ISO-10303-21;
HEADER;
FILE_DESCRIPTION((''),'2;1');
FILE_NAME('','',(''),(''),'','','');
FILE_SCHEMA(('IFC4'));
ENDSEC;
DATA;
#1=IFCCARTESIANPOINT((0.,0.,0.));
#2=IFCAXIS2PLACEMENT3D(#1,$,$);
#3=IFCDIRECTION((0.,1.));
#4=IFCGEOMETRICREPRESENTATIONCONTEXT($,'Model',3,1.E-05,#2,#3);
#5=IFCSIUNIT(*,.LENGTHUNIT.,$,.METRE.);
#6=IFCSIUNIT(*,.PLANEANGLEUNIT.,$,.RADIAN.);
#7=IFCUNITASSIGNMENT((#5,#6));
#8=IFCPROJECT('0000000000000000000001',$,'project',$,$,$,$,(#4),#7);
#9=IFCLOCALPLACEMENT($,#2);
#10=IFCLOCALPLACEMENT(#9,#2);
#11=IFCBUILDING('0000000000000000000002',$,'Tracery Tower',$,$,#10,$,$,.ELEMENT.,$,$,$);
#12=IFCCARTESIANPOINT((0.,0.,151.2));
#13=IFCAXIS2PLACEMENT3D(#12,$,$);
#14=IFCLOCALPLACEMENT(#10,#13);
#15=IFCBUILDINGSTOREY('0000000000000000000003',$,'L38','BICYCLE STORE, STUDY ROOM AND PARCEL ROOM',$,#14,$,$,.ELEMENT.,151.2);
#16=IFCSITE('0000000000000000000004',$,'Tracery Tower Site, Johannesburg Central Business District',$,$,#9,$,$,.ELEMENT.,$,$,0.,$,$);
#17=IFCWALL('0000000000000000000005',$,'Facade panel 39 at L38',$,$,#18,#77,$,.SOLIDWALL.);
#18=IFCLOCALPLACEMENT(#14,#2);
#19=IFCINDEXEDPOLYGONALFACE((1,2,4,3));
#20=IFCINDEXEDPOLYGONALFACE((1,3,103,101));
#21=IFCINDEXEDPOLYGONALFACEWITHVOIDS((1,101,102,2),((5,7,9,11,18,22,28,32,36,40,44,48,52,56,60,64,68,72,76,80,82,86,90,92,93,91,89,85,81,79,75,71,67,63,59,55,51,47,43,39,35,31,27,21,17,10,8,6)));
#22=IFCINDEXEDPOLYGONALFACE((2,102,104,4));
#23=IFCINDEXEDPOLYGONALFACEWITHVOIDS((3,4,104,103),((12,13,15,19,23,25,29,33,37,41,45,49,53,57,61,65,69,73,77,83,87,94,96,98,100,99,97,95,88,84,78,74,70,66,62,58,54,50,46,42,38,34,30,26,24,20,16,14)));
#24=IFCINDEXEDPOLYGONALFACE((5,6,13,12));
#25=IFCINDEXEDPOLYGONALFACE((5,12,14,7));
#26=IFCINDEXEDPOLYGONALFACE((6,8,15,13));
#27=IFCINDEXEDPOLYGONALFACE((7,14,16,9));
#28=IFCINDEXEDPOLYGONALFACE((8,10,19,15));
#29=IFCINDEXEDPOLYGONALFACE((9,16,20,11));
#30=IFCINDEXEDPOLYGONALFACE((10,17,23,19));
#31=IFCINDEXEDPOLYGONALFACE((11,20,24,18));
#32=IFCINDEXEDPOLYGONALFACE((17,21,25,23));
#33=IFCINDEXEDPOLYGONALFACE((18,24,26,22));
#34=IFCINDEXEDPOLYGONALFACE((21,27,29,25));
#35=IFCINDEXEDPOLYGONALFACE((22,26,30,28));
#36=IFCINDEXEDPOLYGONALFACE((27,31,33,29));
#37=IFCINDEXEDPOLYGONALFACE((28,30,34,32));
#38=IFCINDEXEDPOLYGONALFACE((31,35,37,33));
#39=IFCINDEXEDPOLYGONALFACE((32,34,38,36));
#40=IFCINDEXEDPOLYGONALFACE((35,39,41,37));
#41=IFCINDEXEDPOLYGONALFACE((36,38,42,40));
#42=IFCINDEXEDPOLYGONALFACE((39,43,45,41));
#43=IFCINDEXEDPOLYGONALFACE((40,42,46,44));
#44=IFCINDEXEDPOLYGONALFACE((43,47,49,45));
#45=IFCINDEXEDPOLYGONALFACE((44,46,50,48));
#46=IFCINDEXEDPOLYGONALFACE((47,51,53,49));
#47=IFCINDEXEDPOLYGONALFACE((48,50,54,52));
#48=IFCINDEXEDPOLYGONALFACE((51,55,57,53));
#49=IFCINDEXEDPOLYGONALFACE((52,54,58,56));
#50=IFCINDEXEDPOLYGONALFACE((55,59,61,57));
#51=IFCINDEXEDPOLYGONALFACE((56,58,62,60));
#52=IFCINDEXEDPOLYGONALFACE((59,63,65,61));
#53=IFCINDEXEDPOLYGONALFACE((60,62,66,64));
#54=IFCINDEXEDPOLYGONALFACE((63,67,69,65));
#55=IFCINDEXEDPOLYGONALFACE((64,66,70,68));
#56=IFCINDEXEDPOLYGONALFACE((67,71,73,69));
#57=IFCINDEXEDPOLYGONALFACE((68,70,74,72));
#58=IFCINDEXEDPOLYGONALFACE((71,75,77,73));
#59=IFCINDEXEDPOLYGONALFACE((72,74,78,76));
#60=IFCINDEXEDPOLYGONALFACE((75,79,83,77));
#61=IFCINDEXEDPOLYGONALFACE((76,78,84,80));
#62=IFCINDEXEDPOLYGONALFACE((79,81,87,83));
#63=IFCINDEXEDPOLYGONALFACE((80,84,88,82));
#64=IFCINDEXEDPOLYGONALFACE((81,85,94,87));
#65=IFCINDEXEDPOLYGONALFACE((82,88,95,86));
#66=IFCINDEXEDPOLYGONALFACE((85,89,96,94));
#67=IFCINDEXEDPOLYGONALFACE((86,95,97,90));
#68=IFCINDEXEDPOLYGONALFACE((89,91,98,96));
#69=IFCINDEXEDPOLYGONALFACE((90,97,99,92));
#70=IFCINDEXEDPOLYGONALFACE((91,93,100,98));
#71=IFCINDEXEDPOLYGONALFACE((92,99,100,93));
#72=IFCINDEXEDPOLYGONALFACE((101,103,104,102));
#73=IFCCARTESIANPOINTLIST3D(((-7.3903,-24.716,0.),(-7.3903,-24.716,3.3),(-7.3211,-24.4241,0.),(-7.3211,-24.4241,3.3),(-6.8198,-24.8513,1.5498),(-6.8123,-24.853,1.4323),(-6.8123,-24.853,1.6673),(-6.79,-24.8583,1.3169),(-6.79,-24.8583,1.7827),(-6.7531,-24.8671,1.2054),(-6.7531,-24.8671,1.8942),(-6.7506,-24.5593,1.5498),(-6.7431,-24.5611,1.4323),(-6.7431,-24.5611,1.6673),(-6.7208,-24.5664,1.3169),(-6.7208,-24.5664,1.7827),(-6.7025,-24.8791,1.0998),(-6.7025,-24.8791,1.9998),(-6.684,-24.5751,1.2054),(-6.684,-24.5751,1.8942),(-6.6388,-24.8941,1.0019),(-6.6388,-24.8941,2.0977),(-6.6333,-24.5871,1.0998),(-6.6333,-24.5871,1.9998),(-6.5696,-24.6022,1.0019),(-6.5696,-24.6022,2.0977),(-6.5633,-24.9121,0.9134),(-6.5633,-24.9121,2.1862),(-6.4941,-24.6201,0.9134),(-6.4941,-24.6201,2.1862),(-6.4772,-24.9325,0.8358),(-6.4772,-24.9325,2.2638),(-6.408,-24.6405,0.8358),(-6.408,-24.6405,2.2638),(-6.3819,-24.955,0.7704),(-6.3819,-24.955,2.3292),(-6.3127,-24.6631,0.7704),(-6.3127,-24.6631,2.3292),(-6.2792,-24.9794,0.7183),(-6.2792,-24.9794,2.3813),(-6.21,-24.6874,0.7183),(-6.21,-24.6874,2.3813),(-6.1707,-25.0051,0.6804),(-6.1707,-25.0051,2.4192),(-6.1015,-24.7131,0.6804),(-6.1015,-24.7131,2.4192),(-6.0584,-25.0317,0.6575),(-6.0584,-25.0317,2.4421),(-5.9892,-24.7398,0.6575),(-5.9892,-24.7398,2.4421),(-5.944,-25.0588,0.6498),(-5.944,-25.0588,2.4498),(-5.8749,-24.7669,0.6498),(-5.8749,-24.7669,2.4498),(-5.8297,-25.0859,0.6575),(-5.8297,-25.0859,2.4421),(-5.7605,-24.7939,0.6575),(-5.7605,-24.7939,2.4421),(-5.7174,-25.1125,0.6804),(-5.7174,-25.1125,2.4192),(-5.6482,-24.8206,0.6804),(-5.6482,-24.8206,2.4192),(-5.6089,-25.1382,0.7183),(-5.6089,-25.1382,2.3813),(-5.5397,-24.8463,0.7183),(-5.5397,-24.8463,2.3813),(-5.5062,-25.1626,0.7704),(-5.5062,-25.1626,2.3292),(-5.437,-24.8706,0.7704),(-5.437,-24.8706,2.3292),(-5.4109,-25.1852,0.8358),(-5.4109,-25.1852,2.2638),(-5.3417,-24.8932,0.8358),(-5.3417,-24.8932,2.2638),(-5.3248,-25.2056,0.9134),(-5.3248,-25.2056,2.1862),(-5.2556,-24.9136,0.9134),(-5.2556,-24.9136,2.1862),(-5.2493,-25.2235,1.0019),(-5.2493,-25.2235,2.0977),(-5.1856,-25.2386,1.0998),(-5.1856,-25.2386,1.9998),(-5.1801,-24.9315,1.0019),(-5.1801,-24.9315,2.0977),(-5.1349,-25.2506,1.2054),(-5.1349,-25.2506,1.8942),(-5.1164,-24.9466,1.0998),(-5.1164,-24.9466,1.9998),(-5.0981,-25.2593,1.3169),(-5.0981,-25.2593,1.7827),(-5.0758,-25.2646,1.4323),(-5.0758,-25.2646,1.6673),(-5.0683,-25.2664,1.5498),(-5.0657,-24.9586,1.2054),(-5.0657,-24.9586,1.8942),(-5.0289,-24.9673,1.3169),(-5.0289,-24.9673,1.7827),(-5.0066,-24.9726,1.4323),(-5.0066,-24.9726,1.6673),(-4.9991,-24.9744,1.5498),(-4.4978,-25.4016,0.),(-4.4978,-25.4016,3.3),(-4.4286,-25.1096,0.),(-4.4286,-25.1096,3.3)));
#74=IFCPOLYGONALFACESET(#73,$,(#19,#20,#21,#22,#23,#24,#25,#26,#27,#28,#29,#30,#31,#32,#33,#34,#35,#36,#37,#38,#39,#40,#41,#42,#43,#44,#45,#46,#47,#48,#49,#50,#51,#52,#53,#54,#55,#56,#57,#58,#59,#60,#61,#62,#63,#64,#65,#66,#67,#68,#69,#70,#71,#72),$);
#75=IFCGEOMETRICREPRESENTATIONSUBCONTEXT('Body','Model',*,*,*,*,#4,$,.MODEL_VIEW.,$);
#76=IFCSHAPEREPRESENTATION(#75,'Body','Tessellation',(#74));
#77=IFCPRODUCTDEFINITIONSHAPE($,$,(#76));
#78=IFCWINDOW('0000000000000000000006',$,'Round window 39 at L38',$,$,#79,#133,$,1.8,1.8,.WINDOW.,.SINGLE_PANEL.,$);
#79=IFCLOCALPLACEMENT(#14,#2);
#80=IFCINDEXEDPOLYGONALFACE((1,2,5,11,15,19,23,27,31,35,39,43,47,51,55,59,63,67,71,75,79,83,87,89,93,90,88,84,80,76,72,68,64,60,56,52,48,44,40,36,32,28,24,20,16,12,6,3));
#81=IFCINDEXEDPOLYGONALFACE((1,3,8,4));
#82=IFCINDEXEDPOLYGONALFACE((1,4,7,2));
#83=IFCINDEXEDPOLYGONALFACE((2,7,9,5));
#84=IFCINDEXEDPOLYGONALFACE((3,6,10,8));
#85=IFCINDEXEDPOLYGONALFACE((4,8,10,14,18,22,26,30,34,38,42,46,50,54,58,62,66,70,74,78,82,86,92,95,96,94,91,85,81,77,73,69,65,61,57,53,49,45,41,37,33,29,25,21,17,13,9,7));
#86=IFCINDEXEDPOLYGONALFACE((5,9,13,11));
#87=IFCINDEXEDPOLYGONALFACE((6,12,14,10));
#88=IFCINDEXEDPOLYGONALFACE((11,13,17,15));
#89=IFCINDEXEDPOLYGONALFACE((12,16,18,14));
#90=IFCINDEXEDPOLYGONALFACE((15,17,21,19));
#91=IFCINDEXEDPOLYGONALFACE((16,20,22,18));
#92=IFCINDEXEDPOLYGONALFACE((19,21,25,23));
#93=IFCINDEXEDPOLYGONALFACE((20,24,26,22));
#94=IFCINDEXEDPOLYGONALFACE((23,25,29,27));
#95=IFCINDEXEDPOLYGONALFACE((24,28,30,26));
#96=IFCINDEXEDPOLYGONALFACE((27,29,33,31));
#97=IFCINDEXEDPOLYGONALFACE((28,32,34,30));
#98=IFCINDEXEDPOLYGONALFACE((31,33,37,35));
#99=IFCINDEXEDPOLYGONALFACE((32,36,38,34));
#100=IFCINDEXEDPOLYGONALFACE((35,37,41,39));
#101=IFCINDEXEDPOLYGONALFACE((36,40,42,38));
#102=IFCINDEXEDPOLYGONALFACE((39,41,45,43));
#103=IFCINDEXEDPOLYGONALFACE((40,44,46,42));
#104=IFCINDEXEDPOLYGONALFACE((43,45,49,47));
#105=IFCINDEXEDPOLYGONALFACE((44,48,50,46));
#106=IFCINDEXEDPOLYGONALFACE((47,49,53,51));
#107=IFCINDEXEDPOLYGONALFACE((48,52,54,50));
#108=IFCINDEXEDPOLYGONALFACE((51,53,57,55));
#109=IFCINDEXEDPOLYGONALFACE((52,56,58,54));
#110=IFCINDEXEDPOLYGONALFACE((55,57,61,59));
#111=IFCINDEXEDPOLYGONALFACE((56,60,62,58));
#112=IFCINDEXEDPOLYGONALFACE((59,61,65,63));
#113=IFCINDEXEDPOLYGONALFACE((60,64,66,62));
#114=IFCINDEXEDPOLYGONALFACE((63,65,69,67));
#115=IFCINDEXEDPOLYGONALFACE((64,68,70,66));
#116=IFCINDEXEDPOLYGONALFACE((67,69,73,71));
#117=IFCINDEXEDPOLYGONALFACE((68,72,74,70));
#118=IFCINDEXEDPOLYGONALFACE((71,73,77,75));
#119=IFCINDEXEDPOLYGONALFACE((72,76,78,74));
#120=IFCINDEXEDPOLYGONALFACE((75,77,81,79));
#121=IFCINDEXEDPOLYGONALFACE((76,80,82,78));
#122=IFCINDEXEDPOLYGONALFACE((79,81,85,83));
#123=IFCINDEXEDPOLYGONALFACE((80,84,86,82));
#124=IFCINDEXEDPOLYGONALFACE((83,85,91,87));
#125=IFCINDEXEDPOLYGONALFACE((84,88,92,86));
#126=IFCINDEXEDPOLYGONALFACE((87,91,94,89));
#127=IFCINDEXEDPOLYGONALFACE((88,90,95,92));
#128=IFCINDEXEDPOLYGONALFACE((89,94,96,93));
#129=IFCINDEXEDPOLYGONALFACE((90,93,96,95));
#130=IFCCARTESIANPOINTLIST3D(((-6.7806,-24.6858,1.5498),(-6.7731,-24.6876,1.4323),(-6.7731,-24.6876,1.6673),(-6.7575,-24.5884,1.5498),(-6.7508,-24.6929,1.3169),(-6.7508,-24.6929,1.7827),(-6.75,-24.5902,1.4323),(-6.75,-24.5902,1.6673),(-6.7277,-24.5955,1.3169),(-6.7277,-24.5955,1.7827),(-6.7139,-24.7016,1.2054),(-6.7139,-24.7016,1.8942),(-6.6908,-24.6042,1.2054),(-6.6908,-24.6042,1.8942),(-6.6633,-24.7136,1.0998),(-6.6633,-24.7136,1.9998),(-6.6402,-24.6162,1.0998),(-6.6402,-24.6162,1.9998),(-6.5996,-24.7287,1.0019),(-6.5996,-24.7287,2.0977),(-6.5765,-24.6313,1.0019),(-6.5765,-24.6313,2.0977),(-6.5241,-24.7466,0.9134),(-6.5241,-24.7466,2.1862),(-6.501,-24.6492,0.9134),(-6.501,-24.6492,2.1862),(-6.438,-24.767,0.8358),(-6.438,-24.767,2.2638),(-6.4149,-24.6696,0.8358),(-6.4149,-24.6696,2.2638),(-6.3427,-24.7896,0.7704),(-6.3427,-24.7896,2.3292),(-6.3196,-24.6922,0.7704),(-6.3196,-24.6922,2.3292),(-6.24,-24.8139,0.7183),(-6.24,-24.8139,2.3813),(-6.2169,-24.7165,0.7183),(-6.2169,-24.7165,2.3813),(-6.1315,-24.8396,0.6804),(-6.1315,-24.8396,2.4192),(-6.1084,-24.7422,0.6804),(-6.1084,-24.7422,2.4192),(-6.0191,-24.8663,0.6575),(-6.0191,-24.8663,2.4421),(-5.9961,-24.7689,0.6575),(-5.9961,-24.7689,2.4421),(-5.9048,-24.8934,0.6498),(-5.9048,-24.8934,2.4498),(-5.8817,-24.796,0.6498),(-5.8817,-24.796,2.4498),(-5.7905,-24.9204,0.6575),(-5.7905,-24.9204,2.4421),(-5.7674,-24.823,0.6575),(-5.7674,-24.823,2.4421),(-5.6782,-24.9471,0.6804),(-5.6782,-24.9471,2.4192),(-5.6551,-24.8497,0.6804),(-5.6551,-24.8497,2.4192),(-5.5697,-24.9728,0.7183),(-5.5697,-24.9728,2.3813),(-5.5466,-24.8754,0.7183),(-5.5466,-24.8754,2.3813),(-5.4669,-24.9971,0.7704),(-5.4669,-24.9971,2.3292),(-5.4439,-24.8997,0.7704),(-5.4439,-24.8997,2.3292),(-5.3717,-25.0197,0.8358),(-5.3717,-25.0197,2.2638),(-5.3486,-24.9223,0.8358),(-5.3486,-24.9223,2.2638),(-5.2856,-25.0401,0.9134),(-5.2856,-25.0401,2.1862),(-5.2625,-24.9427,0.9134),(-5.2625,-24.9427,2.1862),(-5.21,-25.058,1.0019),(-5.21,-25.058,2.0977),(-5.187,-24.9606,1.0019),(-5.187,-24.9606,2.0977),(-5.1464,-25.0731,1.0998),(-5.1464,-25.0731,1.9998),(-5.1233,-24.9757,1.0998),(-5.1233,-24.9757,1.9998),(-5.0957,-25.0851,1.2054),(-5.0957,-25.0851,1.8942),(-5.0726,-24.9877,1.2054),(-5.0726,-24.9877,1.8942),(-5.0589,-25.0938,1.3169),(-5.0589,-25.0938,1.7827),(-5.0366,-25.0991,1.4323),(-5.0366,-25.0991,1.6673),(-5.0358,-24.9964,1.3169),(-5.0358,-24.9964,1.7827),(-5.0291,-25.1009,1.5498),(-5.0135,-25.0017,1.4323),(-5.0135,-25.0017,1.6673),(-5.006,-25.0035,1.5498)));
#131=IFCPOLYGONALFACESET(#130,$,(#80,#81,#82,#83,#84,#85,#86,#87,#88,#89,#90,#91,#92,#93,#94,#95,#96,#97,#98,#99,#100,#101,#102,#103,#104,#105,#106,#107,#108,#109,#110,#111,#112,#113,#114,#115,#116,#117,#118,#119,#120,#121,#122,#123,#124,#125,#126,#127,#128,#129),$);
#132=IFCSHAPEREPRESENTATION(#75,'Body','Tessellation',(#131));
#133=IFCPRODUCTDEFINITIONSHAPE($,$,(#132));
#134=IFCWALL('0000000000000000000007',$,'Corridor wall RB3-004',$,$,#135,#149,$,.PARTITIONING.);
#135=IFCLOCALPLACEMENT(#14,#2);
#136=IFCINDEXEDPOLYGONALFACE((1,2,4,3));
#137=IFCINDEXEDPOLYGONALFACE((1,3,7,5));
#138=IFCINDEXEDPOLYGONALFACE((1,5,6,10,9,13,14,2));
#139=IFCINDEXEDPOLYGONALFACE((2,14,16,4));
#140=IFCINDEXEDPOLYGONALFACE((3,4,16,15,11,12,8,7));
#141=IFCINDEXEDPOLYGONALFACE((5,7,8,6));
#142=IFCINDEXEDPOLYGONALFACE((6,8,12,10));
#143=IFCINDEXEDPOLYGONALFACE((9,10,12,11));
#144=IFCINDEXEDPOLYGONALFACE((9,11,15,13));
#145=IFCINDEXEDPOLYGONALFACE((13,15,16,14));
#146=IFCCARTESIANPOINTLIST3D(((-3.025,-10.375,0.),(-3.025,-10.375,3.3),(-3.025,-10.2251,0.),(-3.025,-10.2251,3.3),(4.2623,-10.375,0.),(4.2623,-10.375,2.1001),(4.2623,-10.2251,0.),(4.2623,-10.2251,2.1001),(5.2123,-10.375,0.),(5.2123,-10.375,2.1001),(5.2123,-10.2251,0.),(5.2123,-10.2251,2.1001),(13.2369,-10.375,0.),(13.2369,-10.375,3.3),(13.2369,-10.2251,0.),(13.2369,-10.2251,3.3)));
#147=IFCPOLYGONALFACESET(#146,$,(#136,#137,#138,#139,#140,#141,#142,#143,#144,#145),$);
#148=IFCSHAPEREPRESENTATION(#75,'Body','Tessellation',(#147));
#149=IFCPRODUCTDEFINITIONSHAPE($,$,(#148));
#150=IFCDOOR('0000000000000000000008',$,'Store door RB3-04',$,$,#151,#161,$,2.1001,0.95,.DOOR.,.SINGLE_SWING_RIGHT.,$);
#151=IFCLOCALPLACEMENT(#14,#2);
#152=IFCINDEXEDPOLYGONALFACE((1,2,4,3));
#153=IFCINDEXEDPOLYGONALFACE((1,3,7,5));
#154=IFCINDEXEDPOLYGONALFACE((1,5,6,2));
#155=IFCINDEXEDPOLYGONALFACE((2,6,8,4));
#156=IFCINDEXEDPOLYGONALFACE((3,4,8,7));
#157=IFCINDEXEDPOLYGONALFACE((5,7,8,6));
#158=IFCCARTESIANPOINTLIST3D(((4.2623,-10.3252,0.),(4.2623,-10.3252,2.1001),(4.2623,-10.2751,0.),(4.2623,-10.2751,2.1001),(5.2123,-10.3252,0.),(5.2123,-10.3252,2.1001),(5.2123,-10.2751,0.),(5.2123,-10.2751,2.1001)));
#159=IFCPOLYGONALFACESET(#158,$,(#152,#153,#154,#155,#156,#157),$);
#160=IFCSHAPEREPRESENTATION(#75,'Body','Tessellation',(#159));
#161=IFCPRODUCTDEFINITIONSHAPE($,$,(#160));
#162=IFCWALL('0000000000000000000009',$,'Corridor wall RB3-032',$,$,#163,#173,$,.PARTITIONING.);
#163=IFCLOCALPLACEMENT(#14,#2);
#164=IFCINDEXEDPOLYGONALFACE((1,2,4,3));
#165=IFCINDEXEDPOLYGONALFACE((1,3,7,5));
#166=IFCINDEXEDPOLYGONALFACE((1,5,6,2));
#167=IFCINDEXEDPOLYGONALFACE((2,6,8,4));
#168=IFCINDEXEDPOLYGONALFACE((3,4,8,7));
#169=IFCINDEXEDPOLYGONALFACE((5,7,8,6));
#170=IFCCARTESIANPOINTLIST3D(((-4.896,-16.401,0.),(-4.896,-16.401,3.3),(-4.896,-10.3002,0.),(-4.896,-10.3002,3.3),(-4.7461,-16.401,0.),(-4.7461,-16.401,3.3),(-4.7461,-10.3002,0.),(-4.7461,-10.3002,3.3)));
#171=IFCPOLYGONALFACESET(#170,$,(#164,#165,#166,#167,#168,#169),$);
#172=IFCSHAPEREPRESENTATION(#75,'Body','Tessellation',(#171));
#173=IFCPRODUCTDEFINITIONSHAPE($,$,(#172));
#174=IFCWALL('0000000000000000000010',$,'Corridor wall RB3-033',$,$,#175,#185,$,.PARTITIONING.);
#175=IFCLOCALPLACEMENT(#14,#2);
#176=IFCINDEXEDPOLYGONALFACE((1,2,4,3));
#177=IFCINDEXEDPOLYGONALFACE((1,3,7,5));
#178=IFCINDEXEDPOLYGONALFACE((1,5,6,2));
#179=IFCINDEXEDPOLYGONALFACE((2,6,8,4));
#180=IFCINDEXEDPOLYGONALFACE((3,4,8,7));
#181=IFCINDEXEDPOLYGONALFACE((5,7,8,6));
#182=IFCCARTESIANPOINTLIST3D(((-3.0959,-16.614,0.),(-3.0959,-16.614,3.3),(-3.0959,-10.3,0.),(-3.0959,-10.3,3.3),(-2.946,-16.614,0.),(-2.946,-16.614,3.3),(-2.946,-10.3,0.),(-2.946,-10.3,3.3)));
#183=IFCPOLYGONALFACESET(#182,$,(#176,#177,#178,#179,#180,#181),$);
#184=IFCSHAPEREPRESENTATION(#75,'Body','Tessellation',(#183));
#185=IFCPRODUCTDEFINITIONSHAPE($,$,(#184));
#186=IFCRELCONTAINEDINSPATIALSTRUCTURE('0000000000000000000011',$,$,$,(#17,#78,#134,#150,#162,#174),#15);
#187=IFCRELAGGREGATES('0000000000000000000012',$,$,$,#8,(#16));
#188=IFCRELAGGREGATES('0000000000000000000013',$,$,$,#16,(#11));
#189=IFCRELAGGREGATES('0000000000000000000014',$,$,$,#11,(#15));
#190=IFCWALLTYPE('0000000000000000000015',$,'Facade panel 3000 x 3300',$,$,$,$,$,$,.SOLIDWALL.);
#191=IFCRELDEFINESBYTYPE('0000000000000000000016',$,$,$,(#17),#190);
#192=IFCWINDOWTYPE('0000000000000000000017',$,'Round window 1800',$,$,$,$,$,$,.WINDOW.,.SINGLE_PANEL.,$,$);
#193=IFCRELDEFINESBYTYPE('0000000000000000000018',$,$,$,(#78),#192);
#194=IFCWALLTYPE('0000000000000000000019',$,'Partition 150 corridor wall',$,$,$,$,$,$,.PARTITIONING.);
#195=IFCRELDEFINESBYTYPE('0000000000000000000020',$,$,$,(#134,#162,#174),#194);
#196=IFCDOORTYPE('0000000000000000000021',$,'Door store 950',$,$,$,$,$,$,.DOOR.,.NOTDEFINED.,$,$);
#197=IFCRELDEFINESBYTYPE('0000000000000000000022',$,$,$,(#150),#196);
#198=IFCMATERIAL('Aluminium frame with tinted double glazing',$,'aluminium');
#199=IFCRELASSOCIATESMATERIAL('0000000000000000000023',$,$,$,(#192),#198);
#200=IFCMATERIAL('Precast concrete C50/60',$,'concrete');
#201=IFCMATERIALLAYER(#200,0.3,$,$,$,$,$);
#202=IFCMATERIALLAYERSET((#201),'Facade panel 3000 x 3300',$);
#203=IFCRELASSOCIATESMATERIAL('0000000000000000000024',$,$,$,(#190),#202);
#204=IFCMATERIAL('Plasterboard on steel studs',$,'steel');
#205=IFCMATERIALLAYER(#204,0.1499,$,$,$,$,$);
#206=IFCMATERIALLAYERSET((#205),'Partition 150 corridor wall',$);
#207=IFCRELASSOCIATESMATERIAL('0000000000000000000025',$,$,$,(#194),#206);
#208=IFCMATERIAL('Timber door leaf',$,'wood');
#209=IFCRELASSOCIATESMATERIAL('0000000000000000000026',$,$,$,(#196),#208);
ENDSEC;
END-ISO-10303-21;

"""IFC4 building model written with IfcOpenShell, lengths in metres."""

from ifc_helpers import new_model, si_unit, direction, frame, frame_2d, origin, origin_2d, place, context, subcontext, project, spatial, rectangle, circle, extrude, material, layer, layer_set, type_object, element, fill, save


model = new_model("IFC4")

# Units and contexts
model_context = context("Model", 3, precision=1e-05, world=origin(), true_north=direction((0.0, 1.0)))
body_context = subcontext(model_context, "Body", "Model", "MODEL_VIEW")
ifc_project = project(units=[si_unit("LENGTHUNIT", "METRE"), si_unit("PLANEANGLEUNIT", "RADIAN")], contexts=[model_context])

# Site, building, storey
site_placement = place(None, origin())
site = spatial("IfcSite", under=ifc_project, at=site_placement, Name="Tracery Tower Site, Johannesburg Central Business District", CompositionType="ELEMENT", RefElevation=0.0)
building_placement = place(site_placement, origin())
building = spatial("IfcBuilding", under=site, at=building_placement, Name="Tracery Tower", CompositionType="ELEMENT")
storey_placement = place(building_placement, frame((0.0, 0.0, 151.2)))
storey = spatial("IfcBuildingStorey", under=building, at=storey_placement, Name="L38", Description="BICYCLE STORE, STUDY ROOM AND PARCEL ROOM", CompositionType="ELEMENT", Elevation=151.2)

# Wall, opening, window
ifc_material_1 = material(Name="Aluminium frame with tinted double glazing", Category="aluminium")
window_type = type_object("IfcWindowType", Name="Round window 1800", PartitioningType="SINGLE_PANEL", PredefinedType="WINDOW", material=ifc_material_1)
ifc_material_2 = material(Name="Precast concrete C50/60", Category="concrete")
ifc_layer_1 = layer(ifc_material_2, 0.3)
ifc_layer_set_1 = layer_set([ifc_layer_1], Name="Facade panel 3000 x 3300")
wall_type_1 = type_object("IfcWallType", Name="Facade panel 3000 x 3300", PredefinedType="SOLIDWALL", material=ifc_layer_set_1)
wall_1_placement = place(storey_placement, frame((-7.3557, -24.5701, 0.0), z_axis=(0.0, 0.0, 1.0), x_axis=(0.973045, -0.230614, 0.0)))
wall_1 = element("IfcWall", 1, at=wall_1_placement, inside=storey, type_object=wall_type_1, Name="Facade panel 39 at L38", PredefinedType="SOLIDWALL", context=body_context, shape_type="SweptSolid", body=[
    extrude(rectangle(XDim=2.9727, YDim=0.3, at=frame_2d((1.4863, 0.0))), origin(), (0.0, 0.0, 1.0), 3.3),
])
opening_1_placement = place(wall_1_placement, frame((1.4863, 0.0, 1.5498)))
opening_1 = element("IfcOpeningElement", 2, at=opening_1_placement, cuts=wall_1, PredefinedType="OPENING", context=body_context, shape_type="SweptSolid", body=[
    extrude(circle(Radius=0.9, at=origin_2d()), frame((0.0, 0.1599, 0.0), z_axis=(0.0, -1.0, 0.0), x_axis=(1.0, 0.0, 0.0)), (0.0, 0.0, 1.0), 0.3201),
])
window_1_placement = place(opening_1_placement, origin())
window_1 = element("IfcWindow", 3, at=window_1_placement, inside=storey, type_object=window_type, Name="Round window 39 at L38", OverallHeight=1.8, OverallWidth=1.8, PartitioningType="SINGLE_PANEL", PredefinedType="WINDOW", context=body_context, shape_type="SweptSolid", body=[
    extrude(circle(Radius=0.9, at=origin_2d()), frame((0.0, 0.1201, 0.0), z_axis=(0.0, -1.0, 0.0), x_axis=(1.0, 0.0, 0.0)), (0.0, 0.0, 1.0), 0.1001),
])
fill(opening_1, window_1)

# Wall, opening, door
ifc_material_3 = material(Name="Plasterboard on steel studs", Category="steel")
ifc_layer_2 = layer(ifc_material_3, 0.1499)
ifc_layer_set_2 = layer_set([ifc_layer_2], Name="Partition 150 corridor wall")
wall_type_2 = type_object("IfcWallType", Name="Partition 150 corridor wall", PredefinedType="PARTITIONING", material=ifc_layer_set_2)
wall_2_placement = place(storey_placement, frame((-3.0249, -10.3, 0.0), z_axis=(0.0, 0.0, 1.0), x_axis=(1.0, 0.0, 0.0)))
wall_2 = element("IfcWall", 4, at=wall_2_placement, inside=storey, type_object=wall_type_2, Name="Corridor wall RB3-004", PredefinedType="PARTITIONING", context=body_context, shape_type="SweptSolid", body=[
    extrude(rectangle(XDim=16.262, YDim=0.1499, at=frame_2d((8.1309, 0.0))), origin(), (0.0, 0.0, 1.0), 3.3),
])
opening_2_placement = place(wall_2_placement, frame((7.2871, 0.0, 0.0)))
opening_2 = element("IfcOpeningElement", 5, at=opening_2_placement, cuts=wall_2, PredefinedType="OPENING", context=body_context, shape_type="SweptSolid", body=[
    extrude(rectangle(XDim=0.95, YDim=2.1001, at=frame_2d((0.4751, 1.05))), frame((0.0, 0.075, 0.0), z_axis=(0.0, -1.0, 0.0), x_axis=(1.0, 0.0, 0.0)), (0.0, 0.0, 1.0), 0.1499),
])
ifc_material_4 = material(Name="Timber door leaf", Category="wood")
door_type_1 = type_object("IfcDoorType", Name="Door store 950", OperationType="NOTDEFINED", PredefinedType="DOOR", material=ifc_material_4)
door_1_placement = place(opening_2_placement, origin())
door_1 = element("IfcDoor", 6, at=door_1_placement, inside=storey, type_object=door_type_1, Name="Store door RB3-04", OperationType="SINGLE_SWING_RIGHT", OverallHeight=2.1001, OverallWidth=0.95, PredefinedType="DOOR", context=body_context, shape_type="SweptSolid", body=[
    extrude(rectangle(XDim=0.95, YDim=2.1001, at=frame_2d((0.4751, 1.05))), frame((0.0, 0.0249, 0.0), z_axis=(0.0, -1.0, 0.0), x_axis=(1.0, 0.0, 0.0)), (0.0, 0.0, 1.0), 0.05),
])
fill(opening_2, door_1)

# Walls
wall_3_placement = place(storey_placement, frame((-4.821, -16.4009, 0.0), z_axis=(0.0, 0.0, 1.0), x_axis=(0.0, 1.0, 0.0)))
element("IfcWall", 7, at=wall_3_placement, inside=storey, type_object=wall_type_2, Name="Corridor wall RB3-032", PredefinedType="PARTITIONING", context=body_context, shape_type="SweptSolid", body=[
    extrude(rectangle(XDim=6.1008, YDim=0.1499, at=frame_2d((3.0503, 0.0))), origin(), (0.0, 0.0, 1.0), 3.3),
])
wall_4_placement = place(storey_placement, frame((-3.021, -16.614, 0.0), z_axis=(0.0, 0.0, 1.0), x_axis=(0.0, 1.0, 0.0)))
element("IfcWall", 8, at=wall_4_placement, inside=storey, type_object=wall_type_2, Name="Corridor wall RB3-033", PredefinedType="PARTITIONING", context=body_context, shape_type="SweptSolid", body=[
    extrude(rectangle(XDim=6.314, YDim=0.1499, at=frame_2d((3.157, 0.0))), origin(), (0.0, 0.0, 1.0), 3.3),
])

save(model, "model.ifc")
